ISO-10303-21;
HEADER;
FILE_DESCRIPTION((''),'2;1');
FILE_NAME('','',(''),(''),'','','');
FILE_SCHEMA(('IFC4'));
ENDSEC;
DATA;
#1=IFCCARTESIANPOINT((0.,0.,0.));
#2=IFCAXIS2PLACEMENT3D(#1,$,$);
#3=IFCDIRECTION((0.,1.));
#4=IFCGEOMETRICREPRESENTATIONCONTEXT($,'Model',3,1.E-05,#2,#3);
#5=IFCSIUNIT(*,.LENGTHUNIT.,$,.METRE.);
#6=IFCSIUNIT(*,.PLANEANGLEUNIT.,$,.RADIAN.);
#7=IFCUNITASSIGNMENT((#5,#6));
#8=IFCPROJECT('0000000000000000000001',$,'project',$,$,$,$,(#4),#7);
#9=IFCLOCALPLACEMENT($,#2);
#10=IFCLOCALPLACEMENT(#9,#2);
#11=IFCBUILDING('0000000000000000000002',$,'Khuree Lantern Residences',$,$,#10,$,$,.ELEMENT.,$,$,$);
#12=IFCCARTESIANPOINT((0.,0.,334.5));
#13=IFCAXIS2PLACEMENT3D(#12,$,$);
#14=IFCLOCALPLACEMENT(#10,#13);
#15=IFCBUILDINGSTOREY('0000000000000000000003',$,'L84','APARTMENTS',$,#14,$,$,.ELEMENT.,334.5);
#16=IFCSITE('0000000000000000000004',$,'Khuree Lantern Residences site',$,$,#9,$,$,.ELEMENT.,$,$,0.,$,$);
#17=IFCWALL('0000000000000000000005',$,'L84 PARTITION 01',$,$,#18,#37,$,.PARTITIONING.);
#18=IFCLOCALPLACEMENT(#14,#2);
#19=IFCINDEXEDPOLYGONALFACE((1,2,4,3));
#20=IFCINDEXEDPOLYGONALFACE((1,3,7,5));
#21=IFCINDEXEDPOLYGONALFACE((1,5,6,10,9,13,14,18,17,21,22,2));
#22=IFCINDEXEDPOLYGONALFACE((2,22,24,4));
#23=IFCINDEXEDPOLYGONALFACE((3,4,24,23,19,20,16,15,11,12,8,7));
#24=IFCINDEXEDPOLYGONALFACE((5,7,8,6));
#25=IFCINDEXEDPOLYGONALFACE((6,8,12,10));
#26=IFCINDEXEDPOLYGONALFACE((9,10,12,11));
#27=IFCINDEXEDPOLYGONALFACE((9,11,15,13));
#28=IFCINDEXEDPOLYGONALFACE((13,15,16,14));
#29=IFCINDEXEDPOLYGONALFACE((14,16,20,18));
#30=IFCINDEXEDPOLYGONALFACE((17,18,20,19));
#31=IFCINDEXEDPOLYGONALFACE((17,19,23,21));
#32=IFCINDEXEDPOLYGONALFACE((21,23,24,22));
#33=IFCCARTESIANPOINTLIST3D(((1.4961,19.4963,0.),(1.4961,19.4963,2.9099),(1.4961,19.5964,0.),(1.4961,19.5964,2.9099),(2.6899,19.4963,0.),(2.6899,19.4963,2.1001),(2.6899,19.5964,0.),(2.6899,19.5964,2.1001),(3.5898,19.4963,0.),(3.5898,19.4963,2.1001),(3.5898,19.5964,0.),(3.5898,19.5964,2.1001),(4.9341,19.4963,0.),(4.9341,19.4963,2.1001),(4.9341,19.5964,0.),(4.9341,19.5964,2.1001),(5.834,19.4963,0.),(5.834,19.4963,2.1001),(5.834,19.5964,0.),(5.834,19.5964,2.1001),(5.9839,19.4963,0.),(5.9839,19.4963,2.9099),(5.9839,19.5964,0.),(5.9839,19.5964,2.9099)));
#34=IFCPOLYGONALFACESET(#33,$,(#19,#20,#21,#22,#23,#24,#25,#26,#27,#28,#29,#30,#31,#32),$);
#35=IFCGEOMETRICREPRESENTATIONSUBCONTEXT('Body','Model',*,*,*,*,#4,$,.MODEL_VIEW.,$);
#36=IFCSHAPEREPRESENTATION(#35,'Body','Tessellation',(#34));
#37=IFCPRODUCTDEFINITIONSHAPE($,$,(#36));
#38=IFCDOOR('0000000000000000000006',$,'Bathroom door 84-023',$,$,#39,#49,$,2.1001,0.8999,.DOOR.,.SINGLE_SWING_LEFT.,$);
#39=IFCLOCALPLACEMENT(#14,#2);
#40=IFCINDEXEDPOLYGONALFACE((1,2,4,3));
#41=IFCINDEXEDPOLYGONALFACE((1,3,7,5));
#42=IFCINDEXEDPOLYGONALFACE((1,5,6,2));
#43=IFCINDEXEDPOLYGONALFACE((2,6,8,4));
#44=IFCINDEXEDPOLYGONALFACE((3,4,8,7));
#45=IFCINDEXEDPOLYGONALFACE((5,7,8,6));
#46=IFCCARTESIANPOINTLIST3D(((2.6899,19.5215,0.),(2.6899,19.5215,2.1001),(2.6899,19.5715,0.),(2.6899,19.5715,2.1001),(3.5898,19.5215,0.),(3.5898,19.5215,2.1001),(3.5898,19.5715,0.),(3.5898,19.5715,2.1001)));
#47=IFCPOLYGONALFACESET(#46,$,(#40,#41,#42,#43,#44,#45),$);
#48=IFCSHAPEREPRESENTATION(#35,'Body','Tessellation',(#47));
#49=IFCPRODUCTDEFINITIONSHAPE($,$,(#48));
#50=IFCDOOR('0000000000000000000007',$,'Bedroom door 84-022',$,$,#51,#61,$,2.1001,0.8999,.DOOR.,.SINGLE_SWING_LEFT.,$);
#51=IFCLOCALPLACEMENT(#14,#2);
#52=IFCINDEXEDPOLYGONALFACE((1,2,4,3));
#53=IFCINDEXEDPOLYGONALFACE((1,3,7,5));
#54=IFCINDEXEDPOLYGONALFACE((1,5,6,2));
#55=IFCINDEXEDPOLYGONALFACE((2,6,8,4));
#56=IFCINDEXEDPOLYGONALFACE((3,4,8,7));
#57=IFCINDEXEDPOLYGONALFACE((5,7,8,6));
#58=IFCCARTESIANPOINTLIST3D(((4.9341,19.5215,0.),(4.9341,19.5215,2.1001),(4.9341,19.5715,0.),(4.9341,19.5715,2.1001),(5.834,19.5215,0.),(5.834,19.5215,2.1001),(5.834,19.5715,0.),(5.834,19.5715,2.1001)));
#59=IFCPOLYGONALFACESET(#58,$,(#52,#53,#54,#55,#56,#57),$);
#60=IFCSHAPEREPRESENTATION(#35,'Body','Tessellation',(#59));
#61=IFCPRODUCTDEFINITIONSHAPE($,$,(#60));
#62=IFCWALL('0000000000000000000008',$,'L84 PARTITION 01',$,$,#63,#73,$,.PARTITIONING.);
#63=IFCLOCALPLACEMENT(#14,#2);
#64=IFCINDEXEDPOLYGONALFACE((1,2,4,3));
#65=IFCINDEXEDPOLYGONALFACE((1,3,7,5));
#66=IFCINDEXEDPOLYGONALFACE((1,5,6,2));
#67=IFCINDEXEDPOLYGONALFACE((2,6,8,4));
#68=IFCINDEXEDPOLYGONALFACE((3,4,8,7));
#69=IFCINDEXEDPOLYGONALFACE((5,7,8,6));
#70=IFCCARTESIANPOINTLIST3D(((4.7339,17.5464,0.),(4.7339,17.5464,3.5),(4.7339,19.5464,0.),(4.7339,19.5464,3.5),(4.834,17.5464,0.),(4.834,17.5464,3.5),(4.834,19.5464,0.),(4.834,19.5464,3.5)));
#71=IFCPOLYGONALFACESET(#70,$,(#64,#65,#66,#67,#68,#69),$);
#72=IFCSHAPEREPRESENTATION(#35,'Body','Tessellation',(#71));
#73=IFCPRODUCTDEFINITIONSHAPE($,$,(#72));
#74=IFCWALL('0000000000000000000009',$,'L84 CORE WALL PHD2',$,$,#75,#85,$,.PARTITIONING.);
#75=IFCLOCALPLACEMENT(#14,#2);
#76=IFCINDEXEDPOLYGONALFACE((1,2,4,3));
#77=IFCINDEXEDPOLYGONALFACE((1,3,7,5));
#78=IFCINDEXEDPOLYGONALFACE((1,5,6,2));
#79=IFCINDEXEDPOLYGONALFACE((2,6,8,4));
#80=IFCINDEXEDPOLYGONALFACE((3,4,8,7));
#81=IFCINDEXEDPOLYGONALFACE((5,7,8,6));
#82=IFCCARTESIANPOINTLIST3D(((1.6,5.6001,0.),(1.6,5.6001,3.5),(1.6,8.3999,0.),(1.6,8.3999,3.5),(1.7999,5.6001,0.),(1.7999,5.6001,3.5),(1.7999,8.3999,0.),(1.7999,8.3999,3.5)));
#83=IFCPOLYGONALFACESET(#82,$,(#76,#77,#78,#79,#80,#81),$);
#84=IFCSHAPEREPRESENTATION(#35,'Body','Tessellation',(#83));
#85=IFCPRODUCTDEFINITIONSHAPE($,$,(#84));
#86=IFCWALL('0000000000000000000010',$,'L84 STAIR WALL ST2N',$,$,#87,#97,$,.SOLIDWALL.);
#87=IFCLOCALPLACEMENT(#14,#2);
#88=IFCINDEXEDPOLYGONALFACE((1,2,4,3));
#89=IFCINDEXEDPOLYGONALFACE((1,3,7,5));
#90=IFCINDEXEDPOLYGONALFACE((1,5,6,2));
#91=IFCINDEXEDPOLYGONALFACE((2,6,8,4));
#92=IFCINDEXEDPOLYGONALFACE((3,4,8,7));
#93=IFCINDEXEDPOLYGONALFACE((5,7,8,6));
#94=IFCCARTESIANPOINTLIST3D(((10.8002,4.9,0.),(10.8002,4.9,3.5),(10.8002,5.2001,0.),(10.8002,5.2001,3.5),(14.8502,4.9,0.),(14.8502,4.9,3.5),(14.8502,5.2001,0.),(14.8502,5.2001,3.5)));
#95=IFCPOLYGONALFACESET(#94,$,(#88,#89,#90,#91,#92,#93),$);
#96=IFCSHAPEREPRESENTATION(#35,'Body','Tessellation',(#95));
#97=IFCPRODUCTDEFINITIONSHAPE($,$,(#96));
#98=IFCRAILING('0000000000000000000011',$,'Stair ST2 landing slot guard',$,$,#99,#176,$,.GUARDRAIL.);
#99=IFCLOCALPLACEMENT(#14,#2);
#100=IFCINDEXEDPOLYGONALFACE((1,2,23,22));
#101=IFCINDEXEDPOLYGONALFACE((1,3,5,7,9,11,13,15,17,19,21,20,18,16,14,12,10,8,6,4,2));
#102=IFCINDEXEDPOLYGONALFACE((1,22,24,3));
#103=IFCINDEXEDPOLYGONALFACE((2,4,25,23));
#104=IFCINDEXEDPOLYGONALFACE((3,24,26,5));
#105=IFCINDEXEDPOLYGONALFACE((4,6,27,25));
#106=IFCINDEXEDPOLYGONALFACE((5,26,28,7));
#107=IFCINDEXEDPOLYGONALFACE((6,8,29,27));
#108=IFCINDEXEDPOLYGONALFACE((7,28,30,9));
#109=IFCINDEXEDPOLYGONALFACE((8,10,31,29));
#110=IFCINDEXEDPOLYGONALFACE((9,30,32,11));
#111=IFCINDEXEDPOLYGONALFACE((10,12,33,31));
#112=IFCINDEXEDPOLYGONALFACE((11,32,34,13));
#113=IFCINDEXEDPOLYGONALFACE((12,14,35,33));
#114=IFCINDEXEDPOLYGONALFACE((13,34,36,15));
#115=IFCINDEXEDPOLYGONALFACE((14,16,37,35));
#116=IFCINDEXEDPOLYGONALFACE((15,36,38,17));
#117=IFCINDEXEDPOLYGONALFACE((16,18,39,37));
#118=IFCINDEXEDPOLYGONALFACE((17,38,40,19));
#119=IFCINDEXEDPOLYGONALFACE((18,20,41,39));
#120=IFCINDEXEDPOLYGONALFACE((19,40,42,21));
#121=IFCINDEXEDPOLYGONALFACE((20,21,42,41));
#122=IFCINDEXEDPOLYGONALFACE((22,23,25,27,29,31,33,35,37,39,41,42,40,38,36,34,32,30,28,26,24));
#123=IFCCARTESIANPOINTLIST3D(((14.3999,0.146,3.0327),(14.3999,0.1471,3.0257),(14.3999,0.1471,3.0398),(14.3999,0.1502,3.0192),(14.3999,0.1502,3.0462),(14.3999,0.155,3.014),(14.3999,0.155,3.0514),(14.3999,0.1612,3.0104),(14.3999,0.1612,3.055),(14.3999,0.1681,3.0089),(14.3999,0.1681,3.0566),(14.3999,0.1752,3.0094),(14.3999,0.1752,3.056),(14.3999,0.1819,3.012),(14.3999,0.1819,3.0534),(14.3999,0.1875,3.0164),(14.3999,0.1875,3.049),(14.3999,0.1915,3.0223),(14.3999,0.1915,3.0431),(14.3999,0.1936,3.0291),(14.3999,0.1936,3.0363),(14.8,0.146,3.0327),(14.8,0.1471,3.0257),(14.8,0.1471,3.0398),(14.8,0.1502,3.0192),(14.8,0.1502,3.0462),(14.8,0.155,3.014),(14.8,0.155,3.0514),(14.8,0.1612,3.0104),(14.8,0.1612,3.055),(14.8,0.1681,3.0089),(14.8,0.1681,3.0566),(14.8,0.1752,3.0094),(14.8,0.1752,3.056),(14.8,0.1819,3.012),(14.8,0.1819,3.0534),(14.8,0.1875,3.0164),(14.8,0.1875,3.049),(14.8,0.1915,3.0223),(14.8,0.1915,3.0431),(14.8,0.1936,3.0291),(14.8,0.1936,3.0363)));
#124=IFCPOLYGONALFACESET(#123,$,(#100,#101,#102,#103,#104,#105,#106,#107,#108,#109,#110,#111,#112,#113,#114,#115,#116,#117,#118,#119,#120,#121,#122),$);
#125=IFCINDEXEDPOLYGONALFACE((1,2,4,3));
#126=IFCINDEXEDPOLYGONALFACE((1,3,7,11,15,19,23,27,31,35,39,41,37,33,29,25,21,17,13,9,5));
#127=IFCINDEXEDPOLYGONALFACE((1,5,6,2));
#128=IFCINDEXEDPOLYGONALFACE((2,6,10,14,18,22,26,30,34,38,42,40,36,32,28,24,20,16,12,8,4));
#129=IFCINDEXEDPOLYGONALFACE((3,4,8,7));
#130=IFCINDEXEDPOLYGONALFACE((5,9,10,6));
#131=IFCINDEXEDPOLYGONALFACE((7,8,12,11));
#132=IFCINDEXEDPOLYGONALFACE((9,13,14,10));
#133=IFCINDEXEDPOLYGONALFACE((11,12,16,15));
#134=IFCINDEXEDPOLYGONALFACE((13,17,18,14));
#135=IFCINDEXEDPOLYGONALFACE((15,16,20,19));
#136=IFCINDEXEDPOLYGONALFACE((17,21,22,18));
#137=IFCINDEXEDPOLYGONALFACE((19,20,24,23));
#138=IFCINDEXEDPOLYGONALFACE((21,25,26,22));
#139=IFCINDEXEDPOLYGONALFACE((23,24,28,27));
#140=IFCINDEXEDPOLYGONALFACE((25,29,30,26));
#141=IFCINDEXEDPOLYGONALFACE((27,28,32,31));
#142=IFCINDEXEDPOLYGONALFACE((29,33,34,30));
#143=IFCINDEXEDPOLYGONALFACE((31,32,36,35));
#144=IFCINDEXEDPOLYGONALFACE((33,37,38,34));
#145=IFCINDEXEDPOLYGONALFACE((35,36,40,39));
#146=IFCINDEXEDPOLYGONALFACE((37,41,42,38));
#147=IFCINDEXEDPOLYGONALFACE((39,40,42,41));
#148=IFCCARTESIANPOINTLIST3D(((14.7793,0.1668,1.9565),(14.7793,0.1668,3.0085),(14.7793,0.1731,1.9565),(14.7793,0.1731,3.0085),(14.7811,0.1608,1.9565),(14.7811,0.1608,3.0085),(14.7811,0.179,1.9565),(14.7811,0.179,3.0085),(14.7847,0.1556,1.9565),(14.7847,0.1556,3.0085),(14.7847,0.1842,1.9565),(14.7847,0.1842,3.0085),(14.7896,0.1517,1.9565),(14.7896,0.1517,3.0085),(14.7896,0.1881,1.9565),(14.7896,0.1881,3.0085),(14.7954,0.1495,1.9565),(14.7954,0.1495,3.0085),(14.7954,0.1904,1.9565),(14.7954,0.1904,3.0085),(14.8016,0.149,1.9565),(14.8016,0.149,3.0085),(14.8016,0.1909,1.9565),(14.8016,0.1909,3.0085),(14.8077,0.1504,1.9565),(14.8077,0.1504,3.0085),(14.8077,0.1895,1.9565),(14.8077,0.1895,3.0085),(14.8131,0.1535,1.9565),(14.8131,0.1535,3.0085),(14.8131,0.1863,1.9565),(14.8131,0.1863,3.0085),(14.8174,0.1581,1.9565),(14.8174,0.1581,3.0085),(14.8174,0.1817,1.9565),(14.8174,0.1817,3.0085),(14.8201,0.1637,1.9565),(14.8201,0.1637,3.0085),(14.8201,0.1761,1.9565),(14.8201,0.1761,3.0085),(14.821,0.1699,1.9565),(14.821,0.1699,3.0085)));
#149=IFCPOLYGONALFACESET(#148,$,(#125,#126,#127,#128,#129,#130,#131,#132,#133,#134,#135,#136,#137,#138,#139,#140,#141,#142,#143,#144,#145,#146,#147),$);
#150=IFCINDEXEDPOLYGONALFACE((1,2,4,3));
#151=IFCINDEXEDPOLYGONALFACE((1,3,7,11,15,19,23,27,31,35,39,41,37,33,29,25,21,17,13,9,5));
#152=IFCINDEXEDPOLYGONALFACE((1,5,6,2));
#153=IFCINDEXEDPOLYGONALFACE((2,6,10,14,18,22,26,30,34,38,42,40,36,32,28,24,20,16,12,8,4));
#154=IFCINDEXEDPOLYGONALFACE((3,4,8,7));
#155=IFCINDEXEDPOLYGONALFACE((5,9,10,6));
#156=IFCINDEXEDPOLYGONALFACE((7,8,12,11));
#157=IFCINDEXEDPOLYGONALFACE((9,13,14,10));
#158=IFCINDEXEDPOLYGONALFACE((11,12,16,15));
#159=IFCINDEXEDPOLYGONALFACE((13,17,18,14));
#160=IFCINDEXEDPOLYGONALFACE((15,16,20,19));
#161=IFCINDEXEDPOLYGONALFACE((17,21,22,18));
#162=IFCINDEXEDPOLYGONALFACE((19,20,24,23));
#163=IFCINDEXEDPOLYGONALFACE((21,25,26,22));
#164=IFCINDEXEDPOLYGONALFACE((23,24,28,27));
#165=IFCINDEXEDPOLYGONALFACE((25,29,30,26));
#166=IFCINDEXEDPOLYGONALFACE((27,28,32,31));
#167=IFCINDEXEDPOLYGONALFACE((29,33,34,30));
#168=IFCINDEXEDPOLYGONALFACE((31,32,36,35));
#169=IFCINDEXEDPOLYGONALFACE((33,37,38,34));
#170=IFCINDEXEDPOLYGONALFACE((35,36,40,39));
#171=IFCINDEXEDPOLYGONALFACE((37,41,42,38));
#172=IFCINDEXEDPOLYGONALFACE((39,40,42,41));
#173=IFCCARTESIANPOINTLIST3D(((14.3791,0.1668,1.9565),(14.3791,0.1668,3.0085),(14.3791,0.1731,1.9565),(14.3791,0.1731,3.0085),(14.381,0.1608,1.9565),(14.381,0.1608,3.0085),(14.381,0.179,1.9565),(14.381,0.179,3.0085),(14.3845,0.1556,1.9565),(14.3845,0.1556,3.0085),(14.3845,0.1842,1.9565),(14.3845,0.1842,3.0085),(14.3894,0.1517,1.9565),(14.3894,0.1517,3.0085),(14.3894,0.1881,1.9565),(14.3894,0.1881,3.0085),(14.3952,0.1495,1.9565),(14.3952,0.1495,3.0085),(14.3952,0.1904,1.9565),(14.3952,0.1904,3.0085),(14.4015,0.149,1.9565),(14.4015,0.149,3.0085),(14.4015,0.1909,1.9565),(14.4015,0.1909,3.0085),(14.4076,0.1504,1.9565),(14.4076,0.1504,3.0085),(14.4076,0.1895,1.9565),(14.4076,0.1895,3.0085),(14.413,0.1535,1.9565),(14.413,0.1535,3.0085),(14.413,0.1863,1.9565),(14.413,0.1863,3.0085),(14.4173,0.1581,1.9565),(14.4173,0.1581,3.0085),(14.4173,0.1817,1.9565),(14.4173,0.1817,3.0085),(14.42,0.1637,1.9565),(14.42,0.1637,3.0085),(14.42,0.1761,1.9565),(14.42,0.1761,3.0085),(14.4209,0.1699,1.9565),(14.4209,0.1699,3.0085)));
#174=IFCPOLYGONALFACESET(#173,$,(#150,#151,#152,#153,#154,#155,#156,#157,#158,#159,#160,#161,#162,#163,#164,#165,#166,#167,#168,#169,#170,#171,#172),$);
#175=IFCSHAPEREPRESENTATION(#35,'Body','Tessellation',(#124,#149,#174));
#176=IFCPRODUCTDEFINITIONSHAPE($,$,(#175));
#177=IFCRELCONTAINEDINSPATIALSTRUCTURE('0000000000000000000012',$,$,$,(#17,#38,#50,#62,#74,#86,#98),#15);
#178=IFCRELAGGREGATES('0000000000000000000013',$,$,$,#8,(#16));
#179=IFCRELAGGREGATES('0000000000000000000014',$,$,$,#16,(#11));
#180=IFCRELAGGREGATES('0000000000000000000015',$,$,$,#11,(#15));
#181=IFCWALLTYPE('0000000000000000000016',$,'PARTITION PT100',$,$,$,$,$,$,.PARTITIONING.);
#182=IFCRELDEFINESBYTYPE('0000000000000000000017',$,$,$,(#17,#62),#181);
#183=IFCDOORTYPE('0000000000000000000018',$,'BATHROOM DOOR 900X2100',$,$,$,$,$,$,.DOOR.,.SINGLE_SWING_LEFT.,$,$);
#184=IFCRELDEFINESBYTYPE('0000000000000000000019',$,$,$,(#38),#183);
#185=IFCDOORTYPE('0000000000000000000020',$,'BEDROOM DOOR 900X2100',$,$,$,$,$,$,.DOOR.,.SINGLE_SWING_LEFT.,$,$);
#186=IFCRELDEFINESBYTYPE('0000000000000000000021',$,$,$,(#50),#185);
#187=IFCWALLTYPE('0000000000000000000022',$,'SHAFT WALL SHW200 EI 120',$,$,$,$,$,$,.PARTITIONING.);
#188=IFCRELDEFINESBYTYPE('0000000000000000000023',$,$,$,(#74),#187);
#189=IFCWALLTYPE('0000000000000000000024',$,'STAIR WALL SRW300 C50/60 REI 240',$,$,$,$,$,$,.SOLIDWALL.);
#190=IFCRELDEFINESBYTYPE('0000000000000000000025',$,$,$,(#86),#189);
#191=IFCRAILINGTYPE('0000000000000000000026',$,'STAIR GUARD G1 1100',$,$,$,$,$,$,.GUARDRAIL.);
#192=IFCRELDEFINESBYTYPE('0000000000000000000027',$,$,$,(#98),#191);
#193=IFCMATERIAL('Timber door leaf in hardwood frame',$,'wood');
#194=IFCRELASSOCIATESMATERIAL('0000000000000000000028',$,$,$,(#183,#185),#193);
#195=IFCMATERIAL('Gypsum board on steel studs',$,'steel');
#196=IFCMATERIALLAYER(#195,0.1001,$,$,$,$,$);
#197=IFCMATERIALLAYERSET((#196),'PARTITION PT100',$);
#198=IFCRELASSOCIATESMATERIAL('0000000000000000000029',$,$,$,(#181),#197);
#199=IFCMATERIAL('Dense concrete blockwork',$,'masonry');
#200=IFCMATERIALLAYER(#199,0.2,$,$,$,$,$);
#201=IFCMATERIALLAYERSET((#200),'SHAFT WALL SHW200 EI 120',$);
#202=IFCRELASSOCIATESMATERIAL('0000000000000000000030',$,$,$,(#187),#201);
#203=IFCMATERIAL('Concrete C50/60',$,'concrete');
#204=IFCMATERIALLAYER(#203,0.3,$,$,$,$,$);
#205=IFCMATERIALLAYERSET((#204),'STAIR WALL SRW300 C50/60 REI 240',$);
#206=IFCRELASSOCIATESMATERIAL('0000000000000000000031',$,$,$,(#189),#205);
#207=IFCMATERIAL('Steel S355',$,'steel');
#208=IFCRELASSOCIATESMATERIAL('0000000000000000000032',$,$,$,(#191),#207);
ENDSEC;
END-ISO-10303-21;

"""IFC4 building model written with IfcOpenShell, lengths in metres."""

from ifc_helpers import new_model, si_unit, direction, frame, frame_2d, origin, origin_2d, place, context, subcontext, project, spatial, rectangle, circle, extrude, material, layer, layer_set, type_object, element, fill, save


model = new_model("IFC4")

# Units and contexts
model_context = context("Model", 3, precision=1e-05, world=origin(), true_north=direction((0.0, 1.0)))
body_context = subcontext(model_context, "Body", "Model", "MODEL_VIEW")
ifc_project = project(units=[si_unit("LENGTHUNIT", "METRE"), si_unit("PLANEANGLEUNIT", "RADIAN")], contexts=[model_context])

# Site, building, storey
site_placement = place(None, origin())
site = spatial("IfcSite", under=ifc_project, at=site_placement, Name="Khuree Lantern Residences site", CompositionType="ELEMENT", RefElevation=0.0)
building_placement = place(site_placement, origin())
building = spatial("IfcBuilding", under=site, at=building_placement, Name="Khuree Lantern Residences", CompositionType="ELEMENT")
storey_placement = place(building_placement, frame((0.0, 0.0, 334.5)))
storey = spatial("IfcBuildingStorey", under=building, at=storey_placement, Name="L84", Description="APARTMENTS", CompositionType="ELEMENT", Elevation=334.5)

# Shared definitions
ifc_material_1 = material(Name="Concrete C50/60", Category="concrete")

# Shared definitions
ifc_material_2 = material(Name="Steel S355", Category="steel")

# Shared definitions
ifc_material_3 = material(Name="Timber door leaf in hardwood frame", Category="wood")
door_type_1 = type_object("IfcDoorType", Name="BATHROOM DOOR 900X2100", OperationType="SINGLE_SWING_LEFT", PredefinedType="DOOR", material=ifc_material_3)

# Shared definitions
ifc_material_4 = material(Name="Dense concrete blockwork", Category="masonry")
ifc_material_5 = material(Name="Gypsum board on steel studs", Category="steel")
ifc_layer_1 = layer(ifc_material_5, 0.1001)
ifc_layer_set_1 = layer_set([ifc_layer_1], Name="PARTITION PT100")
wall_type_1 = type_object("IfcWallType", Name="PARTITION PT100", PredefinedType="PARTITIONING", material=ifc_layer_set_1)

# Shared definitions
door_type_2 = type_object("IfcDoorType", Name="BEDROOM DOOR 900X2100", OperationType="SINGLE_SWING_LEFT", PredefinedType="DOOR", material=ifc_material_3)

# Wall, openings, doors
wall_1_placement = place(storey_placement, frame((5.9839, 19.5464, 0.0), z_axis=(0.0, 0.0, 1.0), x_axis=(-1.0, 0.0, 0.0)))
wall_1 = element("IfcWall", 1, at=wall_1_placement, inside=storey, type_object=wall_type_1, Name="L84 PARTITION 01", PredefinedType="PARTITIONING", context=body_context, shape_type="SweptSolid", body=[
    extrude(rectangle(XDim=4.4878, YDim=0.1001, at=frame_2d((2.2439, 0.0))), origin(), (0.0, 0.0, 1.0), 2.9099),
])
opening_1_placement = place(wall_1_placement, frame((0.1499, 0.0, 0.0)))
opening_1 = element("IfcOpeningElement", 2, at=opening_1_placement, cuts=wall_1, PredefinedType="OPENING", context=body_context, shape_type="SweptSolid", body=[
    extrude(rectangle(XDim=0.8999, YDim=2.1001, at=frame_2d((0.45, 1.05))), frame((0.0, 0.0601, 0.0), z_axis=(0.0, -1.0, 0.0), x_axis=(1.0, 0.0, 0.0)), (0.0, 0.0, 1.0), 0.1201),
])
opening_2_placement = place(wall_1_placement, frame((2.394, 0.0, 0.0)))
opening_2 = element("IfcOpeningElement", 3, at=opening_2_placement, cuts=wall_1, PredefinedType="OPENING", context=body_context, shape_type="SweptSolid", body=[
    extrude(rectangle(XDim=0.8999, YDim=2.1001, at=frame_2d((0.45, 1.05))), frame((0.0, 0.0601, 0.0), z_axis=(0.0, -1.0, 0.0), x_axis=(1.0, 0.0, 0.0)), (0.0, 0.0, 1.0), 0.1201),
])
door_1_placement = place(opening_2_placement, origin())
door_1 = element("IfcDoor", 4, at=door_1_placement, inside=storey, type_object=door_type_1, Name="Bathroom door 84-023", OperationType="SINGLE_SWING_LEFT", OverallHeight=2.1001, OverallWidth=0.8999, PredefinedType="DOOR", context=body_context, shape_type="SweptSolid", body=[
    extrude(rectangle(XDim=0.8999, YDim=2.1001, at=frame_2d((0.45, 1.05))), frame((0.0, 0.0249, 0.0), z_axis=(0.0, -1.0, 0.0), x_axis=(1.0, 0.0, 0.0)), (0.0, 0.0, 1.0), 0.05),
])
fill(opening_2, door_1)
door_2_placement = place(opening_1_placement, origin())
door_2 = element("IfcDoor", 5, at=door_2_placement, inside=storey, type_object=door_type_2, Name="Bedroom door 84-022", OperationType="SINGLE_SWING_LEFT", OverallHeight=2.1001, OverallWidth=0.8999, PredefinedType="DOOR", context=body_context, shape_type="SweptSolid", body=[
    extrude(rectangle(XDim=0.8999, YDim=2.1001, at=frame_2d((0.45, 1.05))), frame((0.0, 0.0249, 0.0), z_axis=(0.0, -1.0, 0.0), x_axis=(1.0, 0.0, 0.0)), (0.0, 0.0, 1.0), 0.05),
])
fill(opening_1, door_2)

# Walls
wall_2_placement = place(storey_placement, frame((4.7839, 17.5464, 0.0), z_axis=(0.0, 0.0, 1.0), x_axis=(0.0, 1.0, 0.0)))
element("IfcWall", 6, at=wall_2_placement, inside=storey, type_object=wall_type_1, Name="L84 PARTITION 01", PredefinedType="PARTITIONING", context=body_context, shape_type="SweptSolid", body=[
    extrude(rectangle(XDim=2.0, YDim=0.1001, at=frame_2d((1.0, 0.0))), origin(), (0.0, 0.0, 1.0), 3.5),
])
ifc_layer_2 = layer(ifc_material_4, 0.2)
ifc_layer_set_2 = layer_set([ifc_layer_2], Name="SHAFT WALL SHW200 EI 120")
wall_type_2 = type_object("IfcWallType", Name="SHAFT WALL SHW200 EI 120", PredefinedType="PARTITIONING", material=ifc_layer_set_2)
wall_3_placement = place(storey_placement, frame((1.7, 5.6001, 0.0), z_axis=(0.0, 0.0, 1.0), x_axis=(0.0, 1.0, 0.0)))
element("IfcWall", 7, at=wall_3_placement, inside=storey, type_object=wall_type_2, Name="L84 CORE WALL PHD2", PredefinedType="PARTITIONING", context=body_context, shape_type="SweptSolid", body=[
    extrude(rectangle(XDim=2.7998, YDim=0.2, at=frame_2d((1.3999, 0.0))), origin(), (0.0, 0.0, 1.0), 3.5),
])
ifc_layer_3 = layer(ifc_material_1, 0.3)
ifc_layer_set_3 = layer_set([ifc_layer_3], Name="STAIR WALL SRW300 C50/60 REI 240")
wall_type_3 = type_object("IfcWallType", Name="STAIR WALL SRW300 C50/60 REI 240", PredefinedType="SOLIDWALL", material=ifc_layer_set_3)
wall_4_placement = place(storey_placement, frame((14.8501, 5.05, 0.0), z_axis=(0.0, 0.0, 1.0), x_axis=(-1.0, 0.0, 0.0)))
element("IfcWall", 8, at=wall_4_placement, inside=storey, type_object=wall_type_3, Name="L84 STAIR WALL ST2N", PredefinedType="SOLIDWALL", context=body_context, shape_type="SweptSolid", body=[
    extrude(rectangle(XDim=4.05, YDim=0.3, at=frame_2d((2.0249, 0.0))), origin(), (0.0, 0.0, 1.0), 3.5),
])

# Railing
railing_type = type_object("IfcRailingType", Name="STAIR GUARD G1 1100", PredefinedType="GUARDRAIL", material=ifc_material_2)
railing_placement = place(storey_placement, frame((14.8, 0.1699, 1.9565)))
element("IfcRailing", 9, at=railing_placement, inside=storey, type_object=railing_type, Name="Stair ST2 landing slot guard", PredefinedType="GUARDRAIL", context=body_context, shape_type="SweptSolid", body=[
    extrude(circle(Radius=0.0239, at=origin_2d()), frame((0.0, 0.0, 1.0762), z_axis=(-1.0, 0.0, 0.0), x_axis=(0.0, -1.0, 0.0)), (0.0, 0.0, 1.0), 0.4001),
    extrude(circle(Radius=0.021, at=origin_2d()), origin(), (0.0, 0.0, 1.0), 1.052),
    extrude(circle(Radius=0.021, at=origin_2d()), frame((-0.4001, 0.0, 0.0)), (0.0, 0.0, 1.0), 1.052),
])

save(model, "model.ifc")
